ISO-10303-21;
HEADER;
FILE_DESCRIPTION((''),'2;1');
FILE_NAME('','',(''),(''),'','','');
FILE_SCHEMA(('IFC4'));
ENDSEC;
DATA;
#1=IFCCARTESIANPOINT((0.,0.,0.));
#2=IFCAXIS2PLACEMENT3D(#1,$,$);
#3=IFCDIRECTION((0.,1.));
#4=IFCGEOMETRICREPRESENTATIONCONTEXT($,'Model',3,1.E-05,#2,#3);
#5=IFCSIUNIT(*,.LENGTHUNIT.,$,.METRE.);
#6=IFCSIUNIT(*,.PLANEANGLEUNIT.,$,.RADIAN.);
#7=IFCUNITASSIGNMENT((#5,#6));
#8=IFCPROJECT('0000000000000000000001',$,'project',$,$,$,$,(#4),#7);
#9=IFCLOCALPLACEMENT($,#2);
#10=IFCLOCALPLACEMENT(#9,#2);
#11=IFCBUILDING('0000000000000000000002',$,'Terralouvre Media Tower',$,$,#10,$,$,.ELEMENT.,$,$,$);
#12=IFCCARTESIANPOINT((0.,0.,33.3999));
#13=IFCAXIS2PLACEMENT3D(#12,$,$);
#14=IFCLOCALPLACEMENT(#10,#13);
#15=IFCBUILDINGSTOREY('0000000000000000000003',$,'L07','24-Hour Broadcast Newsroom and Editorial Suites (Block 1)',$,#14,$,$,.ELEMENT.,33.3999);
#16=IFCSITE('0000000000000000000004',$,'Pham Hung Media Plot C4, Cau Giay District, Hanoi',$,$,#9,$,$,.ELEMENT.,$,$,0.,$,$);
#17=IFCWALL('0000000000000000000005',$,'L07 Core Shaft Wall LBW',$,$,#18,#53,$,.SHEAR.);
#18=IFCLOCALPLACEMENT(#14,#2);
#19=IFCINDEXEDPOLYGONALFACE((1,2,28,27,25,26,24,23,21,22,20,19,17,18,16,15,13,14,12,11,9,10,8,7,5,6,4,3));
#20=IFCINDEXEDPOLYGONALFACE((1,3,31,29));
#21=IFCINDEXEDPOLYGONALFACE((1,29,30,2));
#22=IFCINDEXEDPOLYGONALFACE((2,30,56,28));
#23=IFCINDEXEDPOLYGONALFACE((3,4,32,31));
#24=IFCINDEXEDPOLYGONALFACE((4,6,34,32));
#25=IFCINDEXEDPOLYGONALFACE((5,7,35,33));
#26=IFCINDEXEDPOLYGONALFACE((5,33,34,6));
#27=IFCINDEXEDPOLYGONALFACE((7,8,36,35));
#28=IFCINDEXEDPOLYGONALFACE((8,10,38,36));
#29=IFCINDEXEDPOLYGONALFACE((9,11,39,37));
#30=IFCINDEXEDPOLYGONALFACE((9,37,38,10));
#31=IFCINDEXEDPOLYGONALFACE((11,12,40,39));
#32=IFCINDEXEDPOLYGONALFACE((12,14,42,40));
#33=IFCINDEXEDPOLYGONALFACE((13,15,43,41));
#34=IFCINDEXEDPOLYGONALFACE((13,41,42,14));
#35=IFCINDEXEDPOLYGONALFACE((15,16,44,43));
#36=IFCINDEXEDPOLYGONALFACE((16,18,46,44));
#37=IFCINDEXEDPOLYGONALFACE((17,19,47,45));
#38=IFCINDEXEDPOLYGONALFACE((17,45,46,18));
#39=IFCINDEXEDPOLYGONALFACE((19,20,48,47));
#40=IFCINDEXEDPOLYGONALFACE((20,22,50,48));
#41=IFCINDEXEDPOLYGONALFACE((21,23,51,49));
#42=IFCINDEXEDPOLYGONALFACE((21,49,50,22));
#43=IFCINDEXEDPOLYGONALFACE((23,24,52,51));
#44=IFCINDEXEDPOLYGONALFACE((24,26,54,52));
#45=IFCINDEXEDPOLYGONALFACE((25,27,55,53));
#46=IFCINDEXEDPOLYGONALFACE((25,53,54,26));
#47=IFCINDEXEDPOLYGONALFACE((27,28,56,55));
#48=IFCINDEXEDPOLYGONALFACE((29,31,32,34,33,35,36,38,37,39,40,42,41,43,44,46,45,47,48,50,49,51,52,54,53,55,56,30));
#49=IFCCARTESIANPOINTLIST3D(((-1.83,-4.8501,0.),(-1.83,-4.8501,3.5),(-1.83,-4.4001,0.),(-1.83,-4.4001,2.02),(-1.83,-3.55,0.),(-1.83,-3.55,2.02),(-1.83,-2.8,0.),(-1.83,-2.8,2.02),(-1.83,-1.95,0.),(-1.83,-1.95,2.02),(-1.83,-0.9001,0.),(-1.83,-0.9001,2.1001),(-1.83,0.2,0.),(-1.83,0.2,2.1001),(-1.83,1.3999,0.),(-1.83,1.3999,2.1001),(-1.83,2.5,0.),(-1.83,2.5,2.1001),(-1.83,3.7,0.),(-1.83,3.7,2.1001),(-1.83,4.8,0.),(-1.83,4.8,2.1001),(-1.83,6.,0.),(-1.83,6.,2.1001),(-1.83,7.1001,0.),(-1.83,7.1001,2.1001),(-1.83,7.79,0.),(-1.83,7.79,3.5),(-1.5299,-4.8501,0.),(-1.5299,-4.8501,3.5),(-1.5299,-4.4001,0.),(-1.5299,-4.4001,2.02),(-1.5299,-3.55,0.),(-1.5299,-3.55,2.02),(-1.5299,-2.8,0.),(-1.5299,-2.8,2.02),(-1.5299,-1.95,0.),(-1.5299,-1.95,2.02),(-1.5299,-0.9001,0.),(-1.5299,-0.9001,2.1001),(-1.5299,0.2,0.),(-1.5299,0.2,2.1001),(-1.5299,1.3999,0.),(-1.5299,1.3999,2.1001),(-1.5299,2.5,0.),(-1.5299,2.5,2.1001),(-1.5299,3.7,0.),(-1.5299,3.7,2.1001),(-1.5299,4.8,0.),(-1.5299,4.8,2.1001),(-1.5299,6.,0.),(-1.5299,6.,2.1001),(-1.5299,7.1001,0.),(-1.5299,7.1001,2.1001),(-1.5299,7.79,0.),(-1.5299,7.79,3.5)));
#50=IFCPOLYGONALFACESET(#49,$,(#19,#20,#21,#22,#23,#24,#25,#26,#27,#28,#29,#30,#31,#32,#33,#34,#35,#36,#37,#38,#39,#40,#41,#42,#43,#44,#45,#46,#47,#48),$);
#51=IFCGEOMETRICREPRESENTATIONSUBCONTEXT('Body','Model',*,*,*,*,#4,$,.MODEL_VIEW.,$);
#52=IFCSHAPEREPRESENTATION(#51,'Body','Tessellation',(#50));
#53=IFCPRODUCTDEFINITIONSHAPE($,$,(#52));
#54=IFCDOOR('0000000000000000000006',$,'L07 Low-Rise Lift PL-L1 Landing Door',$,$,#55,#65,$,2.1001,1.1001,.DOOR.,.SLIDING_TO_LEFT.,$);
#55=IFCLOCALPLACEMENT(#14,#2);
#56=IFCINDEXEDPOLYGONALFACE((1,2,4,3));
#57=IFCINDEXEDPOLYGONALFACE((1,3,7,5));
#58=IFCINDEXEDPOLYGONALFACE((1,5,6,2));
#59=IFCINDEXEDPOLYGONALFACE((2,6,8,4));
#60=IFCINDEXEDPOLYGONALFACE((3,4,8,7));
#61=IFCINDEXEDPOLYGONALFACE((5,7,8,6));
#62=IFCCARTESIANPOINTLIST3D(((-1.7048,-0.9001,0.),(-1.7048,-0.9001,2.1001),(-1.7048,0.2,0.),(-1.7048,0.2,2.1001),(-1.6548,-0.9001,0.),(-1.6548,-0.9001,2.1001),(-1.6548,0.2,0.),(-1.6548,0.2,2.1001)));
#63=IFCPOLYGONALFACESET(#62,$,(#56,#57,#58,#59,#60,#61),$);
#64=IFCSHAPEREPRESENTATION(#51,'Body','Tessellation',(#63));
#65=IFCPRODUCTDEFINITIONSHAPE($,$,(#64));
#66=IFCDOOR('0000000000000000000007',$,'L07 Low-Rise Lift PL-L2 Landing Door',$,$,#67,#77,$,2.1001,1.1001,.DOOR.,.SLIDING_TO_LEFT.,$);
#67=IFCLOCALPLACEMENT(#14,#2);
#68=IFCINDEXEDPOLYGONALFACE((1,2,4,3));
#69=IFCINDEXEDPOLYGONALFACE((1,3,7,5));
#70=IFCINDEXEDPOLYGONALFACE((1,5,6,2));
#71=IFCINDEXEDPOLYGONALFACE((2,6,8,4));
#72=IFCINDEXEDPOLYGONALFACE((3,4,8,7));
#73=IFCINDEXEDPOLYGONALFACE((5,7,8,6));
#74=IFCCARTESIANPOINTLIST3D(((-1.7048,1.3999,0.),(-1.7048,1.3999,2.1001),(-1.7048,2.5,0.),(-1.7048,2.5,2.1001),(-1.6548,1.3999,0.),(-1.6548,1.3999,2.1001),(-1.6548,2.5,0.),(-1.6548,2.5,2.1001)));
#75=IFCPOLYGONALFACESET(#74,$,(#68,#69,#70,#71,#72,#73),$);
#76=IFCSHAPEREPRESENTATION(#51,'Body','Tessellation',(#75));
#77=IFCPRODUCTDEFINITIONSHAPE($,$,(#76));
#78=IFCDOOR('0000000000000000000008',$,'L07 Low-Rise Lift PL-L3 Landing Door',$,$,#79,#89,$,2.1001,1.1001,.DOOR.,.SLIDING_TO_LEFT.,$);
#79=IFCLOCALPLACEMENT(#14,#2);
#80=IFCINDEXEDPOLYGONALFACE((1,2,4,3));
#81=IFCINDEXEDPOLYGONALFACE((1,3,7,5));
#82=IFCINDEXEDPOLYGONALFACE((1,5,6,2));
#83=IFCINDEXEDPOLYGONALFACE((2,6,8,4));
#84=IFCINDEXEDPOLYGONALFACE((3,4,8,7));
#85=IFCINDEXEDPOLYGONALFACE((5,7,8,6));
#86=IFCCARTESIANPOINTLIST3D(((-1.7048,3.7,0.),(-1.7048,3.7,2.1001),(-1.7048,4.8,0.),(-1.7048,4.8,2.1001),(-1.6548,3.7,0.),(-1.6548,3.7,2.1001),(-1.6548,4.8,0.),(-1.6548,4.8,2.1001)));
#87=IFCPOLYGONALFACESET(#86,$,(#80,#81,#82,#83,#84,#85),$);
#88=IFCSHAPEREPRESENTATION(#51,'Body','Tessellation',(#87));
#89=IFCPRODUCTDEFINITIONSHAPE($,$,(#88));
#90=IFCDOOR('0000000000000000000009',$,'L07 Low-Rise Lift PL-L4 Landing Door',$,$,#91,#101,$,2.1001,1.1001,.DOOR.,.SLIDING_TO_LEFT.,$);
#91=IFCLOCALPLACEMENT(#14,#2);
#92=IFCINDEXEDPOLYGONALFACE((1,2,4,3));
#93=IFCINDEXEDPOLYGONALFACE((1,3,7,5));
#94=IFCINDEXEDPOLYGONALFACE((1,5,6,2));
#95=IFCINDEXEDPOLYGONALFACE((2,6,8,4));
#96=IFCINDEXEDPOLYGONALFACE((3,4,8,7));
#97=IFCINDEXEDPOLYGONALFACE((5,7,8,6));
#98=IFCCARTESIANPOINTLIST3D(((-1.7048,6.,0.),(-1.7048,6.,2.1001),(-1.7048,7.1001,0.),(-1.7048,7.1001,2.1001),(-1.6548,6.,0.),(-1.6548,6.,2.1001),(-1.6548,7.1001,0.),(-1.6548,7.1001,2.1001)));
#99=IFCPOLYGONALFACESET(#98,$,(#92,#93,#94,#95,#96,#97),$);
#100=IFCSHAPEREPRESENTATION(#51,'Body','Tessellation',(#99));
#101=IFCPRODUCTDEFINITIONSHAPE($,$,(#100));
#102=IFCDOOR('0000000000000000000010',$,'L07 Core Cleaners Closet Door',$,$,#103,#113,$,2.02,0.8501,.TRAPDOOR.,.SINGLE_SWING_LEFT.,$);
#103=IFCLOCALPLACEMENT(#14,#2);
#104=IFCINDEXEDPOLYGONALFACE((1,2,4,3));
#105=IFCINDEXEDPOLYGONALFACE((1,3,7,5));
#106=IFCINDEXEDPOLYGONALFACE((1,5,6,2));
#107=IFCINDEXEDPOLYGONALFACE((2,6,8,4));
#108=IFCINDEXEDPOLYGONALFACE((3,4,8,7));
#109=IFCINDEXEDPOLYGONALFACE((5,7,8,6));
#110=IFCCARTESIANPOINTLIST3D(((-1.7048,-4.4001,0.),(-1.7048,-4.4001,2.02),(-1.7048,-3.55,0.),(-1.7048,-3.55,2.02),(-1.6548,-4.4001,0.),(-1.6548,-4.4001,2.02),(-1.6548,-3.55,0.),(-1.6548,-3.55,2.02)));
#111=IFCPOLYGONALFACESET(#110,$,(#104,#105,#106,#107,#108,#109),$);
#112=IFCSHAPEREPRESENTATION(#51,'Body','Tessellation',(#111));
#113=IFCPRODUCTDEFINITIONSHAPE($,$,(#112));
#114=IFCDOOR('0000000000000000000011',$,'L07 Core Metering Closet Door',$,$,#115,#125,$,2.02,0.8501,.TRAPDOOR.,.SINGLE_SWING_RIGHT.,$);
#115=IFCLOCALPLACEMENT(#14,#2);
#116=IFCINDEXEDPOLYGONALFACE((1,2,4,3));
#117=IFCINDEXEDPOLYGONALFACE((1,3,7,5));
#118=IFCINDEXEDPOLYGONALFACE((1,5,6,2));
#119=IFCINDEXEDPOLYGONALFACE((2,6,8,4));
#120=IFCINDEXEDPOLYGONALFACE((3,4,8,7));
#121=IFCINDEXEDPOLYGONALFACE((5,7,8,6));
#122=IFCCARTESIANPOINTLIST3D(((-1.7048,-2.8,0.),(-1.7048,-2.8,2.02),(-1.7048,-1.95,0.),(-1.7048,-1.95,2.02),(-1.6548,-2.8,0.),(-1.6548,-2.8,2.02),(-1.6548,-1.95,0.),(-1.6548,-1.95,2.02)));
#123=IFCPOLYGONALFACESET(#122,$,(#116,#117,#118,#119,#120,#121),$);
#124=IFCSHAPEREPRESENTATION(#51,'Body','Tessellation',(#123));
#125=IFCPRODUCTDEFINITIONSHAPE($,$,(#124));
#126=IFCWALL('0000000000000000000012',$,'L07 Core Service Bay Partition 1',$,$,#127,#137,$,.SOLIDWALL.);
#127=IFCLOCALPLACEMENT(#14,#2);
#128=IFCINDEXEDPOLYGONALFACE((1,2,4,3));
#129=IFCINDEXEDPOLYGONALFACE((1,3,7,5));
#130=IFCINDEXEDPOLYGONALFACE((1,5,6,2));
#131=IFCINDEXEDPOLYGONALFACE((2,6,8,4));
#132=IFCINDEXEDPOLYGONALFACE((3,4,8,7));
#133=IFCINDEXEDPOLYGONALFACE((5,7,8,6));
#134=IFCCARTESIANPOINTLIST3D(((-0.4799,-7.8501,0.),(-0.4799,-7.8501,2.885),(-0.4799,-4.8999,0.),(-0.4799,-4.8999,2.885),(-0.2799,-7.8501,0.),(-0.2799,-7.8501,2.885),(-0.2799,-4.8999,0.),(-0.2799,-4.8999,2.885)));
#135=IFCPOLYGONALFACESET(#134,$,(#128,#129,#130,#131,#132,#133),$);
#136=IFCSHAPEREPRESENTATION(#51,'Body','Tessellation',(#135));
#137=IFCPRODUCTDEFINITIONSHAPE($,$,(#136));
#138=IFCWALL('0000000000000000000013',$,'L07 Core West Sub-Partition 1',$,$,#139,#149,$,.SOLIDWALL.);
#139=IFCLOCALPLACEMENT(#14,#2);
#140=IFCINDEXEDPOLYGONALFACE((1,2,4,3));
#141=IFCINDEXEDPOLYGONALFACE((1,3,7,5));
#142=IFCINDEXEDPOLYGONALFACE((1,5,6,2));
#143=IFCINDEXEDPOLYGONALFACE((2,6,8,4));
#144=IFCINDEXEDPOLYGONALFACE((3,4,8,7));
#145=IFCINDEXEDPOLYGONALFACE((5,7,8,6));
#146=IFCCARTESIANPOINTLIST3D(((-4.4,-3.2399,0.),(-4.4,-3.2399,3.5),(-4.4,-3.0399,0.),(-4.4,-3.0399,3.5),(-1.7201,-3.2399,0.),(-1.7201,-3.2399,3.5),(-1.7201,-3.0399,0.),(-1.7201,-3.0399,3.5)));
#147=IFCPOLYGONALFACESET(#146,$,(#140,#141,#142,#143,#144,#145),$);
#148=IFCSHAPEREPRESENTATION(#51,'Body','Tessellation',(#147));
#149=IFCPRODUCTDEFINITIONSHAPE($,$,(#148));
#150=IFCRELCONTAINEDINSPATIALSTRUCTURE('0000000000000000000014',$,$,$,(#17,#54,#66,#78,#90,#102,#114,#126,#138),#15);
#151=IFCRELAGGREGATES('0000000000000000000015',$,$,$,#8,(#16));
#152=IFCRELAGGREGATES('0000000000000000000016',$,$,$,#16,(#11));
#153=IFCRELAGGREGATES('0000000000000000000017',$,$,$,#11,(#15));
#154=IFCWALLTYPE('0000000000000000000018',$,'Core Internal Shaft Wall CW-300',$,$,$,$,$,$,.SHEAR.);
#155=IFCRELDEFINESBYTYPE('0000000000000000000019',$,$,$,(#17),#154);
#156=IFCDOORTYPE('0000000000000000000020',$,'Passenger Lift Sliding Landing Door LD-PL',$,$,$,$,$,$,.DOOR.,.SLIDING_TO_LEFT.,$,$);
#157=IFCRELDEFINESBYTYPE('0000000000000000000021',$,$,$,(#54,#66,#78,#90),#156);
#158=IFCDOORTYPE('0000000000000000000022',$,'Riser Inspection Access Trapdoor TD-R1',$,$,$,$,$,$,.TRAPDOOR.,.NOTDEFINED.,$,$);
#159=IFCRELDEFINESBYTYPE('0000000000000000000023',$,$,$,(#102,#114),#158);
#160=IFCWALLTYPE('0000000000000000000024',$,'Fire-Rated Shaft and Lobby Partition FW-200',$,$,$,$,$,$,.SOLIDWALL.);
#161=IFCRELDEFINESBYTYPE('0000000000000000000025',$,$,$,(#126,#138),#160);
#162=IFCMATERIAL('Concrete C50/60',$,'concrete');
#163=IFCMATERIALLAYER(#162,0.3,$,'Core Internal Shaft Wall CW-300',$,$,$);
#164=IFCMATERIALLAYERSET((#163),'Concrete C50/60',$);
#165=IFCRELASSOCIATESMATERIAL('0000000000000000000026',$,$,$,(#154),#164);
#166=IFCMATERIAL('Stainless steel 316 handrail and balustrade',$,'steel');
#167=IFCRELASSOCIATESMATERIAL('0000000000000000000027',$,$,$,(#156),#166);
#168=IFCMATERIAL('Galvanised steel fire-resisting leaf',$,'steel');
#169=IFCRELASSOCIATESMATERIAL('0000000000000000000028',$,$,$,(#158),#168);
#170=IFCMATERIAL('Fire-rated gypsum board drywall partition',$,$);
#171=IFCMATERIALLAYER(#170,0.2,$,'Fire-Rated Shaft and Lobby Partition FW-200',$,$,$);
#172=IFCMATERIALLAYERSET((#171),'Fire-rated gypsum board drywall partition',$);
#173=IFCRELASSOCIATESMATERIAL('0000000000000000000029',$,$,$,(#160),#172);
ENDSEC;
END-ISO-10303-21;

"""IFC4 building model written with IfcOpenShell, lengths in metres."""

from ifc_helpers import new_model, si_unit, direction, frame, frame_2d, origin, place, context, subcontext, project, spatial, rectangle, extrude, material, layer, layer_set, type_object, element, fill, save


model = new_model("IFC4")

# Units and contexts
model_context = context("Model", 3, precision=1e-05, world=origin(), true_north=direction((0.0, 1.0)))
body_context = subcontext(model_context, "Body", "Model", "MODEL_VIEW")
ifc_project = project(units=[si_unit("LENGTHUNIT", "METRE"), si_unit("PLANEANGLEUNIT", "RADIAN")], contexts=[model_context])

# Site, building, storey
site_placement = place(None, origin())
site = spatial("IfcSite", under=ifc_project, at=site_placement, Name="Pham Hung Media Plot C4, Cau Giay District, Hanoi", CompositionType="ELEMENT", RefElevation=0.0)
building_placement = place(site_placement, origin())
building = spatial("IfcBuilding", under=site, at=building_placement, Name="Terralouvre Media Tower", CompositionType="ELEMENT")
storey_placement = place(building_placement, frame((0.0, 0.0, 33.3999)))
storey = spatial("IfcBuildingStorey", under=building, at=storey_placement, Name="L07", Description="24-Hour Broadcast Newsroom and Editorial Suites (Block 1)", CompositionType="ELEMENT", Elevation=33.3999)

# Shared definitions
ifc_material_1 = material(Name="Concrete C50/60", Category="concrete")
ifc_layer_1 = layer(ifc_material_1, 0.3, Name="Core Internal Shaft Wall CW-300")
ifc_layer_set_1 = layer_set([ifc_layer_1], Name="Concrete C50/60")
wall_type_1 = type_object("IfcWallType", Name="Core Internal Shaft Wall CW-300", PredefinedType="SHEAR", material=ifc_layer_set_1)

# Wall, openings, doors
wall_1_placement = place(storey_placement, frame((-1.6799, -4.8501, 0.0), z_axis=(0.0, 0.0, 1.0), x_axis=(0.0, 1.0, 0.0)))
wall_1 = element("IfcWall", 1, at=wall_1_placement, inside=storey, type_object=wall_type_1, Name="L07 Core Shaft Wall LBW", PredefinedType="SHEAR", context=body_context, shape_type="SweptSolid", body=[
    extrude(rectangle(XDim=12.6401, YDim=0.3, at=frame_2d((6.3201, 0.0))), origin(), (0.0, 0.0, 1.0), 3.5),
])
opening_1_placement = place(wall_1_placement, frame((3.95, 0.0, 0.0)))
opening_1 = element("IfcOpeningElement", 2, at=opening_1_placement, cuts=wall_1, PredefinedType="OPENING", context=body_context, shape_type="SweptSolid", body=[
    extrude(rectangle(XDim=1.1001, YDim=2.1001, at=frame_2d((0.55, 1.05))), frame((0.0, 0.1599, 0.0), z_axis=(0.0, -1.0, 0.0), x_axis=(1.0, 0.0, 0.0)), (0.0, 0.0, 1.0), 0.3201),
])
opening_2_placement = place(wall_1_placement, frame((6.25, 0.0, 0.0)))
opening_2 = element("IfcOpeningElement", 3, at=opening_2_placement, cuts=wall_1, PredefinedType="OPENING", context=body_context, shape_type="SweptSolid", body=[
    extrude(rectangle(XDim=1.1001, YDim=2.1001, at=frame_2d((0.55, 1.05))), frame((0.0, 0.1599, 0.0), z_axis=(0.0, -1.0, 0.0), x_axis=(1.0, 0.0, 0.0)), (0.0, 0.0, 1.0), 0.3201),
])
opening_3_placement = place(wall_1_placement, frame((8.55, 0.0, 0.0)))
opening_3 = element("IfcOpeningElement", 4, at=opening_3_placement, cuts=wall_1, PredefinedType="OPENING", context=body_context, shape_type="SweptSolid", body=[
    extrude(rectangle(XDim=1.1001, YDim=2.1001, at=frame_2d((0.55, 1.05))), frame((0.0, 0.1599, 0.0), z_axis=(0.0, -1.0, 0.0), x_axis=(1.0, 0.0, 0.0)), (0.0, 0.0, 1.0), 0.3201),
])
opening_4_placement = place(wall_1_placement, frame((10.8501, 0.0, 0.0)))
opening_4 = element("IfcOpeningElement", 5, at=opening_4_placement, cuts=wall_1, PredefinedType="OPENING", context=body_context, shape_type="SweptSolid", body=[
    extrude(rectangle(XDim=1.1001, YDim=2.1001, at=frame_2d((0.55, 1.05))), frame((0.0, 0.1599, 0.0), z_axis=(0.0, -1.0, 0.0), x_axis=(1.0, 0.0, 0.0)), (0.0, 0.0, 1.0), 0.3201),
])
opening_5_placement = place(wall_1_placement, frame((0.45, 0.0, 0.0)))
opening_5 = element("IfcOpeningElement", 6, at=opening_5_placement, cuts=wall_1, PredefinedType="OPENING", context=body_context, shape_type="SweptSolid", body=[
    extrude(rectangle(XDim=0.8501, YDim=2.02, at=frame_2d((0.425, 1.01))), frame((0.0, 0.1599, 0.0), z_axis=(0.0, -1.0, 0.0), x_axis=(1.0, 0.0, 0.0)), (0.0, 0.0, 1.0), 0.3201),
])
opening_6_placement = place(wall_1_placement, frame((2.05, 0.0, 0.0)))
opening_6 = element("IfcOpeningElement", 7, at=opening_6_placement, cuts=wall_1, PredefinedType="OPENING", context=body_context, shape_type="SweptSolid", body=[
    extrude(rectangle(XDim=0.8501, YDim=2.02, at=frame_2d((0.425, 1.01))), frame((0.0, 0.1599, 0.0), z_axis=(0.0, -1.0, 0.0), x_axis=(1.0, 0.0, 0.0)), (0.0, 0.0, 1.0), 0.3201),
])
ifc_material_2 = material(Name="Stainless steel 316 handrail and balustrade", Category="steel")
door_type_1 = type_object("IfcDoorType", Name="Passenger Lift Sliding Landing Door LD-PL", OperationType="SLIDING_TO_LEFT", PredefinedType="DOOR", material=ifc_material_2)
door_1_placement = place(opening_1_placement, origin())
door_1 = element("IfcDoor", 8, at=door_1_placement, inside=storey, type_object=door_type_1, Name="L07 Low-Rise Lift PL-L1 Landing Door", OperationType="SLIDING_TO_LEFT", OverallHeight=2.1001, OverallWidth=1.1001, PredefinedType="DOOR", context=body_context, shape_type="SweptSolid", body=[
    extrude(rectangle(XDim=1.1001, YDim=2.1001, at=frame_2d((0.55, 1.05))), frame((0.0, 0.0249, 0.0), z_axis=(0.0, -1.0, 0.0), x_axis=(1.0, 0.0, 0.0)), (0.0, 0.0, 1.0), 0.05),
])
fill(opening_1, door_1)
door_2_placement = place(opening_2_placement, origin())
door_2 = element("IfcDoor", 9, at=door_2_placement, inside=storey, type_object=door_type_1, Name="L07 Low-Rise Lift PL-L2 Landing Door", OperationType="SLIDING_TO_LEFT", OverallHeight=2.1001, OverallWidth=1.1001, PredefinedType="DOOR", context=body_context, shape_type="SweptSolid", body=[
    extrude(rectangle(XDim=1.1001, YDim=2.1001, at=frame_2d((0.55, 1.05))), frame((0.0, 0.0249, 0.0), z_axis=(0.0, -1.0, 0.0), x_axis=(1.0, 0.0, 0.0)), (0.0, 0.0, 1.0), 0.05),
])
fill(opening_2, door_2)
door_3_placement = place(opening_3_placement, origin())
door_3 = element("IfcDoor", 10, at=door_3_placement, inside=storey, type_object=door_type_1, Name="L07 Low-Rise Lift PL-L3 Landing Door", OperationType="SLIDING_TO_LEFT", OverallHeight=2.1001, OverallWidth=1.1001, PredefinedType="DOOR", context=body_context, shape_type="SweptSolid", body=[
    extrude(rectangle(XDim=1.1001, YDim=2.1001, at=frame_2d((0.55, 1.05))), frame((0.0, 0.0249, 0.0), z_axis=(0.0, -1.0, 0.0), x_axis=(1.0, 0.0, 0.0)), (0.0, 0.0, 1.0), 0.05),
])
fill(opening_3, door_3)
door_4_placement = place(opening_4_placement, origin())
door_4 = element("IfcDoor", 11, at=door_4_placement, inside=storey, type_object=door_type_1, Name="L07 Low-Rise Lift PL-L4 Landing Door", OperationType="SLIDING_TO_LEFT", OverallHeight=2.1001, OverallWidth=1.1001, PredefinedType="DOOR", context=body_context, shape_type="SweptSolid", body=[
    extrude(rectangle(XDim=1.1001, YDim=2.1001, at=frame_2d((0.55, 1.05))), frame((0.0, 0.0249, 0.0), z_axis=(0.0, -1.0, 0.0), x_axis=(1.0, 0.0, 0.0)), (0.0, 0.0, 1.0), 0.05),
])
fill(opening_4, door_4)
ifc_material_3 = material(Name="Galvanised steel fire-resisting leaf", Category="steel")
door_type_2 = type_object("IfcDoorType", Name="Riser Inspection Access Trapdoor TD-R1", OperationType="NOTDEFINED", PredefinedType="TRAPDOOR", material=ifc_material_3)
door_5_placement = place(opening_5_placement, origin())
door_5 = element("IfcDoor", 12, at=door_5_placement, inside=storey, type_object=door_type_2, Name="L07 Core Cleaners Closet Door", OperationType="SINGLE_SWING_LEFT", OverallHeight=2.02, OverallWidth=0.8501, PredefinedType="TRAPDOOR", context=body_context, shape_type="SweptSolid", body=[
    extrude(rectangle(XDim=0.8501, YDim=2.02, at=frame_2d((0.425, 1.01))), frame((0.0, 0.0249, 0.0), z_axis=(0.0, -1.0, 0.0), x_axis=(1.0, 0.0, 0.0)), (0.0, 0.0, 1.0), 0.05),
])
fill(opening_5, door_5)
door_6_placement = place(opening_6_placement, origin())
door_6 = element("IfcDoor", 13, at=door_6_placement, inside=storey, type_object=door_type_2, Name="L07 Core Metering Closet Door", OperationType="SINGLE_SWING_RIGHT", OverallHeight=2.02, OverallWidth=0.8501, PredefinedType="TRAPDOOR", context=body_context, shape_type="SweptSolid", body=[
    extrude(rectangle(XDim=0.8501, YDim=2.02, at=frame_2d((0.425, 1.01))), frame((0.0, 0.0249, 0.0), z_axis=(0.0, -1.0, 0.0), x_axis=(1.0, 0.0, 0.0)), (0.0, 0.0, 1.0), 0.05),
])
fill(opening_6, door_6)

# Walls
ifc_material_4 = material(Name="Fire-rated gypsum board drywall partition")
ifc_layer_2 = layer(ifc_material_4, 0.2, Name="Fire-Rated Shaft and Lobby Partition FW-200")
ifc_layer_set_2 = layer_set([ifc_layer_2], Name="Fire-rated gypsum board drywall partition")
wall_type_2 = type_object("IfcWallType", Name="Fire-Rated Shaft and Lobby Partition FW-200", PredefinedType="SOLIDWALL", material=ifc_layer_set_2)
wall_2_placement = place(storey_placement, frame((-0.3799, -7.8501, 0.0), z_axis=(0.0, 0.0, 1.0), x_axis=(0.0, 1.0, 0.0)))
element("IfcWall", 14, at=wall_2_placement, inside=storey, type_object=wall_type_2, Name="L07 Core Service Bay Partition 1", PredefinedType="SOLIDWALL", context=body_context, shape_type="SweptSolid", body=[
    extrude(rectangle(XDim=2.9502, YDim=0.2, at=frame_2d((1.4751, 0.0))), origin(), (0.0, 0.0, 1.0), 2.885),
])
wall_3_placement = place(storey_placement, frame((-4.3999, -3.1399, 0.0), z_axis=(0.0, 0.0, 1.0), x_axis=(1.0, 0.0, 0.0)))
element("IfcWall", 15, at=wall_3_placement, inside=storey, type_object=wall_type_2, Name="L07 Core West Sub-Partition 1", PredefinedType="SOLIDWALL", context=body_context, shape_type="SweptSolid", body=[
    extrude(rectangle(XDim=2.6799, YDim=0.2, at=frame_2d((1.3398, 0.0))), origin(), (0.0, 0.0, 1.0), 3.5),
])

save(model, "model.ifc")
